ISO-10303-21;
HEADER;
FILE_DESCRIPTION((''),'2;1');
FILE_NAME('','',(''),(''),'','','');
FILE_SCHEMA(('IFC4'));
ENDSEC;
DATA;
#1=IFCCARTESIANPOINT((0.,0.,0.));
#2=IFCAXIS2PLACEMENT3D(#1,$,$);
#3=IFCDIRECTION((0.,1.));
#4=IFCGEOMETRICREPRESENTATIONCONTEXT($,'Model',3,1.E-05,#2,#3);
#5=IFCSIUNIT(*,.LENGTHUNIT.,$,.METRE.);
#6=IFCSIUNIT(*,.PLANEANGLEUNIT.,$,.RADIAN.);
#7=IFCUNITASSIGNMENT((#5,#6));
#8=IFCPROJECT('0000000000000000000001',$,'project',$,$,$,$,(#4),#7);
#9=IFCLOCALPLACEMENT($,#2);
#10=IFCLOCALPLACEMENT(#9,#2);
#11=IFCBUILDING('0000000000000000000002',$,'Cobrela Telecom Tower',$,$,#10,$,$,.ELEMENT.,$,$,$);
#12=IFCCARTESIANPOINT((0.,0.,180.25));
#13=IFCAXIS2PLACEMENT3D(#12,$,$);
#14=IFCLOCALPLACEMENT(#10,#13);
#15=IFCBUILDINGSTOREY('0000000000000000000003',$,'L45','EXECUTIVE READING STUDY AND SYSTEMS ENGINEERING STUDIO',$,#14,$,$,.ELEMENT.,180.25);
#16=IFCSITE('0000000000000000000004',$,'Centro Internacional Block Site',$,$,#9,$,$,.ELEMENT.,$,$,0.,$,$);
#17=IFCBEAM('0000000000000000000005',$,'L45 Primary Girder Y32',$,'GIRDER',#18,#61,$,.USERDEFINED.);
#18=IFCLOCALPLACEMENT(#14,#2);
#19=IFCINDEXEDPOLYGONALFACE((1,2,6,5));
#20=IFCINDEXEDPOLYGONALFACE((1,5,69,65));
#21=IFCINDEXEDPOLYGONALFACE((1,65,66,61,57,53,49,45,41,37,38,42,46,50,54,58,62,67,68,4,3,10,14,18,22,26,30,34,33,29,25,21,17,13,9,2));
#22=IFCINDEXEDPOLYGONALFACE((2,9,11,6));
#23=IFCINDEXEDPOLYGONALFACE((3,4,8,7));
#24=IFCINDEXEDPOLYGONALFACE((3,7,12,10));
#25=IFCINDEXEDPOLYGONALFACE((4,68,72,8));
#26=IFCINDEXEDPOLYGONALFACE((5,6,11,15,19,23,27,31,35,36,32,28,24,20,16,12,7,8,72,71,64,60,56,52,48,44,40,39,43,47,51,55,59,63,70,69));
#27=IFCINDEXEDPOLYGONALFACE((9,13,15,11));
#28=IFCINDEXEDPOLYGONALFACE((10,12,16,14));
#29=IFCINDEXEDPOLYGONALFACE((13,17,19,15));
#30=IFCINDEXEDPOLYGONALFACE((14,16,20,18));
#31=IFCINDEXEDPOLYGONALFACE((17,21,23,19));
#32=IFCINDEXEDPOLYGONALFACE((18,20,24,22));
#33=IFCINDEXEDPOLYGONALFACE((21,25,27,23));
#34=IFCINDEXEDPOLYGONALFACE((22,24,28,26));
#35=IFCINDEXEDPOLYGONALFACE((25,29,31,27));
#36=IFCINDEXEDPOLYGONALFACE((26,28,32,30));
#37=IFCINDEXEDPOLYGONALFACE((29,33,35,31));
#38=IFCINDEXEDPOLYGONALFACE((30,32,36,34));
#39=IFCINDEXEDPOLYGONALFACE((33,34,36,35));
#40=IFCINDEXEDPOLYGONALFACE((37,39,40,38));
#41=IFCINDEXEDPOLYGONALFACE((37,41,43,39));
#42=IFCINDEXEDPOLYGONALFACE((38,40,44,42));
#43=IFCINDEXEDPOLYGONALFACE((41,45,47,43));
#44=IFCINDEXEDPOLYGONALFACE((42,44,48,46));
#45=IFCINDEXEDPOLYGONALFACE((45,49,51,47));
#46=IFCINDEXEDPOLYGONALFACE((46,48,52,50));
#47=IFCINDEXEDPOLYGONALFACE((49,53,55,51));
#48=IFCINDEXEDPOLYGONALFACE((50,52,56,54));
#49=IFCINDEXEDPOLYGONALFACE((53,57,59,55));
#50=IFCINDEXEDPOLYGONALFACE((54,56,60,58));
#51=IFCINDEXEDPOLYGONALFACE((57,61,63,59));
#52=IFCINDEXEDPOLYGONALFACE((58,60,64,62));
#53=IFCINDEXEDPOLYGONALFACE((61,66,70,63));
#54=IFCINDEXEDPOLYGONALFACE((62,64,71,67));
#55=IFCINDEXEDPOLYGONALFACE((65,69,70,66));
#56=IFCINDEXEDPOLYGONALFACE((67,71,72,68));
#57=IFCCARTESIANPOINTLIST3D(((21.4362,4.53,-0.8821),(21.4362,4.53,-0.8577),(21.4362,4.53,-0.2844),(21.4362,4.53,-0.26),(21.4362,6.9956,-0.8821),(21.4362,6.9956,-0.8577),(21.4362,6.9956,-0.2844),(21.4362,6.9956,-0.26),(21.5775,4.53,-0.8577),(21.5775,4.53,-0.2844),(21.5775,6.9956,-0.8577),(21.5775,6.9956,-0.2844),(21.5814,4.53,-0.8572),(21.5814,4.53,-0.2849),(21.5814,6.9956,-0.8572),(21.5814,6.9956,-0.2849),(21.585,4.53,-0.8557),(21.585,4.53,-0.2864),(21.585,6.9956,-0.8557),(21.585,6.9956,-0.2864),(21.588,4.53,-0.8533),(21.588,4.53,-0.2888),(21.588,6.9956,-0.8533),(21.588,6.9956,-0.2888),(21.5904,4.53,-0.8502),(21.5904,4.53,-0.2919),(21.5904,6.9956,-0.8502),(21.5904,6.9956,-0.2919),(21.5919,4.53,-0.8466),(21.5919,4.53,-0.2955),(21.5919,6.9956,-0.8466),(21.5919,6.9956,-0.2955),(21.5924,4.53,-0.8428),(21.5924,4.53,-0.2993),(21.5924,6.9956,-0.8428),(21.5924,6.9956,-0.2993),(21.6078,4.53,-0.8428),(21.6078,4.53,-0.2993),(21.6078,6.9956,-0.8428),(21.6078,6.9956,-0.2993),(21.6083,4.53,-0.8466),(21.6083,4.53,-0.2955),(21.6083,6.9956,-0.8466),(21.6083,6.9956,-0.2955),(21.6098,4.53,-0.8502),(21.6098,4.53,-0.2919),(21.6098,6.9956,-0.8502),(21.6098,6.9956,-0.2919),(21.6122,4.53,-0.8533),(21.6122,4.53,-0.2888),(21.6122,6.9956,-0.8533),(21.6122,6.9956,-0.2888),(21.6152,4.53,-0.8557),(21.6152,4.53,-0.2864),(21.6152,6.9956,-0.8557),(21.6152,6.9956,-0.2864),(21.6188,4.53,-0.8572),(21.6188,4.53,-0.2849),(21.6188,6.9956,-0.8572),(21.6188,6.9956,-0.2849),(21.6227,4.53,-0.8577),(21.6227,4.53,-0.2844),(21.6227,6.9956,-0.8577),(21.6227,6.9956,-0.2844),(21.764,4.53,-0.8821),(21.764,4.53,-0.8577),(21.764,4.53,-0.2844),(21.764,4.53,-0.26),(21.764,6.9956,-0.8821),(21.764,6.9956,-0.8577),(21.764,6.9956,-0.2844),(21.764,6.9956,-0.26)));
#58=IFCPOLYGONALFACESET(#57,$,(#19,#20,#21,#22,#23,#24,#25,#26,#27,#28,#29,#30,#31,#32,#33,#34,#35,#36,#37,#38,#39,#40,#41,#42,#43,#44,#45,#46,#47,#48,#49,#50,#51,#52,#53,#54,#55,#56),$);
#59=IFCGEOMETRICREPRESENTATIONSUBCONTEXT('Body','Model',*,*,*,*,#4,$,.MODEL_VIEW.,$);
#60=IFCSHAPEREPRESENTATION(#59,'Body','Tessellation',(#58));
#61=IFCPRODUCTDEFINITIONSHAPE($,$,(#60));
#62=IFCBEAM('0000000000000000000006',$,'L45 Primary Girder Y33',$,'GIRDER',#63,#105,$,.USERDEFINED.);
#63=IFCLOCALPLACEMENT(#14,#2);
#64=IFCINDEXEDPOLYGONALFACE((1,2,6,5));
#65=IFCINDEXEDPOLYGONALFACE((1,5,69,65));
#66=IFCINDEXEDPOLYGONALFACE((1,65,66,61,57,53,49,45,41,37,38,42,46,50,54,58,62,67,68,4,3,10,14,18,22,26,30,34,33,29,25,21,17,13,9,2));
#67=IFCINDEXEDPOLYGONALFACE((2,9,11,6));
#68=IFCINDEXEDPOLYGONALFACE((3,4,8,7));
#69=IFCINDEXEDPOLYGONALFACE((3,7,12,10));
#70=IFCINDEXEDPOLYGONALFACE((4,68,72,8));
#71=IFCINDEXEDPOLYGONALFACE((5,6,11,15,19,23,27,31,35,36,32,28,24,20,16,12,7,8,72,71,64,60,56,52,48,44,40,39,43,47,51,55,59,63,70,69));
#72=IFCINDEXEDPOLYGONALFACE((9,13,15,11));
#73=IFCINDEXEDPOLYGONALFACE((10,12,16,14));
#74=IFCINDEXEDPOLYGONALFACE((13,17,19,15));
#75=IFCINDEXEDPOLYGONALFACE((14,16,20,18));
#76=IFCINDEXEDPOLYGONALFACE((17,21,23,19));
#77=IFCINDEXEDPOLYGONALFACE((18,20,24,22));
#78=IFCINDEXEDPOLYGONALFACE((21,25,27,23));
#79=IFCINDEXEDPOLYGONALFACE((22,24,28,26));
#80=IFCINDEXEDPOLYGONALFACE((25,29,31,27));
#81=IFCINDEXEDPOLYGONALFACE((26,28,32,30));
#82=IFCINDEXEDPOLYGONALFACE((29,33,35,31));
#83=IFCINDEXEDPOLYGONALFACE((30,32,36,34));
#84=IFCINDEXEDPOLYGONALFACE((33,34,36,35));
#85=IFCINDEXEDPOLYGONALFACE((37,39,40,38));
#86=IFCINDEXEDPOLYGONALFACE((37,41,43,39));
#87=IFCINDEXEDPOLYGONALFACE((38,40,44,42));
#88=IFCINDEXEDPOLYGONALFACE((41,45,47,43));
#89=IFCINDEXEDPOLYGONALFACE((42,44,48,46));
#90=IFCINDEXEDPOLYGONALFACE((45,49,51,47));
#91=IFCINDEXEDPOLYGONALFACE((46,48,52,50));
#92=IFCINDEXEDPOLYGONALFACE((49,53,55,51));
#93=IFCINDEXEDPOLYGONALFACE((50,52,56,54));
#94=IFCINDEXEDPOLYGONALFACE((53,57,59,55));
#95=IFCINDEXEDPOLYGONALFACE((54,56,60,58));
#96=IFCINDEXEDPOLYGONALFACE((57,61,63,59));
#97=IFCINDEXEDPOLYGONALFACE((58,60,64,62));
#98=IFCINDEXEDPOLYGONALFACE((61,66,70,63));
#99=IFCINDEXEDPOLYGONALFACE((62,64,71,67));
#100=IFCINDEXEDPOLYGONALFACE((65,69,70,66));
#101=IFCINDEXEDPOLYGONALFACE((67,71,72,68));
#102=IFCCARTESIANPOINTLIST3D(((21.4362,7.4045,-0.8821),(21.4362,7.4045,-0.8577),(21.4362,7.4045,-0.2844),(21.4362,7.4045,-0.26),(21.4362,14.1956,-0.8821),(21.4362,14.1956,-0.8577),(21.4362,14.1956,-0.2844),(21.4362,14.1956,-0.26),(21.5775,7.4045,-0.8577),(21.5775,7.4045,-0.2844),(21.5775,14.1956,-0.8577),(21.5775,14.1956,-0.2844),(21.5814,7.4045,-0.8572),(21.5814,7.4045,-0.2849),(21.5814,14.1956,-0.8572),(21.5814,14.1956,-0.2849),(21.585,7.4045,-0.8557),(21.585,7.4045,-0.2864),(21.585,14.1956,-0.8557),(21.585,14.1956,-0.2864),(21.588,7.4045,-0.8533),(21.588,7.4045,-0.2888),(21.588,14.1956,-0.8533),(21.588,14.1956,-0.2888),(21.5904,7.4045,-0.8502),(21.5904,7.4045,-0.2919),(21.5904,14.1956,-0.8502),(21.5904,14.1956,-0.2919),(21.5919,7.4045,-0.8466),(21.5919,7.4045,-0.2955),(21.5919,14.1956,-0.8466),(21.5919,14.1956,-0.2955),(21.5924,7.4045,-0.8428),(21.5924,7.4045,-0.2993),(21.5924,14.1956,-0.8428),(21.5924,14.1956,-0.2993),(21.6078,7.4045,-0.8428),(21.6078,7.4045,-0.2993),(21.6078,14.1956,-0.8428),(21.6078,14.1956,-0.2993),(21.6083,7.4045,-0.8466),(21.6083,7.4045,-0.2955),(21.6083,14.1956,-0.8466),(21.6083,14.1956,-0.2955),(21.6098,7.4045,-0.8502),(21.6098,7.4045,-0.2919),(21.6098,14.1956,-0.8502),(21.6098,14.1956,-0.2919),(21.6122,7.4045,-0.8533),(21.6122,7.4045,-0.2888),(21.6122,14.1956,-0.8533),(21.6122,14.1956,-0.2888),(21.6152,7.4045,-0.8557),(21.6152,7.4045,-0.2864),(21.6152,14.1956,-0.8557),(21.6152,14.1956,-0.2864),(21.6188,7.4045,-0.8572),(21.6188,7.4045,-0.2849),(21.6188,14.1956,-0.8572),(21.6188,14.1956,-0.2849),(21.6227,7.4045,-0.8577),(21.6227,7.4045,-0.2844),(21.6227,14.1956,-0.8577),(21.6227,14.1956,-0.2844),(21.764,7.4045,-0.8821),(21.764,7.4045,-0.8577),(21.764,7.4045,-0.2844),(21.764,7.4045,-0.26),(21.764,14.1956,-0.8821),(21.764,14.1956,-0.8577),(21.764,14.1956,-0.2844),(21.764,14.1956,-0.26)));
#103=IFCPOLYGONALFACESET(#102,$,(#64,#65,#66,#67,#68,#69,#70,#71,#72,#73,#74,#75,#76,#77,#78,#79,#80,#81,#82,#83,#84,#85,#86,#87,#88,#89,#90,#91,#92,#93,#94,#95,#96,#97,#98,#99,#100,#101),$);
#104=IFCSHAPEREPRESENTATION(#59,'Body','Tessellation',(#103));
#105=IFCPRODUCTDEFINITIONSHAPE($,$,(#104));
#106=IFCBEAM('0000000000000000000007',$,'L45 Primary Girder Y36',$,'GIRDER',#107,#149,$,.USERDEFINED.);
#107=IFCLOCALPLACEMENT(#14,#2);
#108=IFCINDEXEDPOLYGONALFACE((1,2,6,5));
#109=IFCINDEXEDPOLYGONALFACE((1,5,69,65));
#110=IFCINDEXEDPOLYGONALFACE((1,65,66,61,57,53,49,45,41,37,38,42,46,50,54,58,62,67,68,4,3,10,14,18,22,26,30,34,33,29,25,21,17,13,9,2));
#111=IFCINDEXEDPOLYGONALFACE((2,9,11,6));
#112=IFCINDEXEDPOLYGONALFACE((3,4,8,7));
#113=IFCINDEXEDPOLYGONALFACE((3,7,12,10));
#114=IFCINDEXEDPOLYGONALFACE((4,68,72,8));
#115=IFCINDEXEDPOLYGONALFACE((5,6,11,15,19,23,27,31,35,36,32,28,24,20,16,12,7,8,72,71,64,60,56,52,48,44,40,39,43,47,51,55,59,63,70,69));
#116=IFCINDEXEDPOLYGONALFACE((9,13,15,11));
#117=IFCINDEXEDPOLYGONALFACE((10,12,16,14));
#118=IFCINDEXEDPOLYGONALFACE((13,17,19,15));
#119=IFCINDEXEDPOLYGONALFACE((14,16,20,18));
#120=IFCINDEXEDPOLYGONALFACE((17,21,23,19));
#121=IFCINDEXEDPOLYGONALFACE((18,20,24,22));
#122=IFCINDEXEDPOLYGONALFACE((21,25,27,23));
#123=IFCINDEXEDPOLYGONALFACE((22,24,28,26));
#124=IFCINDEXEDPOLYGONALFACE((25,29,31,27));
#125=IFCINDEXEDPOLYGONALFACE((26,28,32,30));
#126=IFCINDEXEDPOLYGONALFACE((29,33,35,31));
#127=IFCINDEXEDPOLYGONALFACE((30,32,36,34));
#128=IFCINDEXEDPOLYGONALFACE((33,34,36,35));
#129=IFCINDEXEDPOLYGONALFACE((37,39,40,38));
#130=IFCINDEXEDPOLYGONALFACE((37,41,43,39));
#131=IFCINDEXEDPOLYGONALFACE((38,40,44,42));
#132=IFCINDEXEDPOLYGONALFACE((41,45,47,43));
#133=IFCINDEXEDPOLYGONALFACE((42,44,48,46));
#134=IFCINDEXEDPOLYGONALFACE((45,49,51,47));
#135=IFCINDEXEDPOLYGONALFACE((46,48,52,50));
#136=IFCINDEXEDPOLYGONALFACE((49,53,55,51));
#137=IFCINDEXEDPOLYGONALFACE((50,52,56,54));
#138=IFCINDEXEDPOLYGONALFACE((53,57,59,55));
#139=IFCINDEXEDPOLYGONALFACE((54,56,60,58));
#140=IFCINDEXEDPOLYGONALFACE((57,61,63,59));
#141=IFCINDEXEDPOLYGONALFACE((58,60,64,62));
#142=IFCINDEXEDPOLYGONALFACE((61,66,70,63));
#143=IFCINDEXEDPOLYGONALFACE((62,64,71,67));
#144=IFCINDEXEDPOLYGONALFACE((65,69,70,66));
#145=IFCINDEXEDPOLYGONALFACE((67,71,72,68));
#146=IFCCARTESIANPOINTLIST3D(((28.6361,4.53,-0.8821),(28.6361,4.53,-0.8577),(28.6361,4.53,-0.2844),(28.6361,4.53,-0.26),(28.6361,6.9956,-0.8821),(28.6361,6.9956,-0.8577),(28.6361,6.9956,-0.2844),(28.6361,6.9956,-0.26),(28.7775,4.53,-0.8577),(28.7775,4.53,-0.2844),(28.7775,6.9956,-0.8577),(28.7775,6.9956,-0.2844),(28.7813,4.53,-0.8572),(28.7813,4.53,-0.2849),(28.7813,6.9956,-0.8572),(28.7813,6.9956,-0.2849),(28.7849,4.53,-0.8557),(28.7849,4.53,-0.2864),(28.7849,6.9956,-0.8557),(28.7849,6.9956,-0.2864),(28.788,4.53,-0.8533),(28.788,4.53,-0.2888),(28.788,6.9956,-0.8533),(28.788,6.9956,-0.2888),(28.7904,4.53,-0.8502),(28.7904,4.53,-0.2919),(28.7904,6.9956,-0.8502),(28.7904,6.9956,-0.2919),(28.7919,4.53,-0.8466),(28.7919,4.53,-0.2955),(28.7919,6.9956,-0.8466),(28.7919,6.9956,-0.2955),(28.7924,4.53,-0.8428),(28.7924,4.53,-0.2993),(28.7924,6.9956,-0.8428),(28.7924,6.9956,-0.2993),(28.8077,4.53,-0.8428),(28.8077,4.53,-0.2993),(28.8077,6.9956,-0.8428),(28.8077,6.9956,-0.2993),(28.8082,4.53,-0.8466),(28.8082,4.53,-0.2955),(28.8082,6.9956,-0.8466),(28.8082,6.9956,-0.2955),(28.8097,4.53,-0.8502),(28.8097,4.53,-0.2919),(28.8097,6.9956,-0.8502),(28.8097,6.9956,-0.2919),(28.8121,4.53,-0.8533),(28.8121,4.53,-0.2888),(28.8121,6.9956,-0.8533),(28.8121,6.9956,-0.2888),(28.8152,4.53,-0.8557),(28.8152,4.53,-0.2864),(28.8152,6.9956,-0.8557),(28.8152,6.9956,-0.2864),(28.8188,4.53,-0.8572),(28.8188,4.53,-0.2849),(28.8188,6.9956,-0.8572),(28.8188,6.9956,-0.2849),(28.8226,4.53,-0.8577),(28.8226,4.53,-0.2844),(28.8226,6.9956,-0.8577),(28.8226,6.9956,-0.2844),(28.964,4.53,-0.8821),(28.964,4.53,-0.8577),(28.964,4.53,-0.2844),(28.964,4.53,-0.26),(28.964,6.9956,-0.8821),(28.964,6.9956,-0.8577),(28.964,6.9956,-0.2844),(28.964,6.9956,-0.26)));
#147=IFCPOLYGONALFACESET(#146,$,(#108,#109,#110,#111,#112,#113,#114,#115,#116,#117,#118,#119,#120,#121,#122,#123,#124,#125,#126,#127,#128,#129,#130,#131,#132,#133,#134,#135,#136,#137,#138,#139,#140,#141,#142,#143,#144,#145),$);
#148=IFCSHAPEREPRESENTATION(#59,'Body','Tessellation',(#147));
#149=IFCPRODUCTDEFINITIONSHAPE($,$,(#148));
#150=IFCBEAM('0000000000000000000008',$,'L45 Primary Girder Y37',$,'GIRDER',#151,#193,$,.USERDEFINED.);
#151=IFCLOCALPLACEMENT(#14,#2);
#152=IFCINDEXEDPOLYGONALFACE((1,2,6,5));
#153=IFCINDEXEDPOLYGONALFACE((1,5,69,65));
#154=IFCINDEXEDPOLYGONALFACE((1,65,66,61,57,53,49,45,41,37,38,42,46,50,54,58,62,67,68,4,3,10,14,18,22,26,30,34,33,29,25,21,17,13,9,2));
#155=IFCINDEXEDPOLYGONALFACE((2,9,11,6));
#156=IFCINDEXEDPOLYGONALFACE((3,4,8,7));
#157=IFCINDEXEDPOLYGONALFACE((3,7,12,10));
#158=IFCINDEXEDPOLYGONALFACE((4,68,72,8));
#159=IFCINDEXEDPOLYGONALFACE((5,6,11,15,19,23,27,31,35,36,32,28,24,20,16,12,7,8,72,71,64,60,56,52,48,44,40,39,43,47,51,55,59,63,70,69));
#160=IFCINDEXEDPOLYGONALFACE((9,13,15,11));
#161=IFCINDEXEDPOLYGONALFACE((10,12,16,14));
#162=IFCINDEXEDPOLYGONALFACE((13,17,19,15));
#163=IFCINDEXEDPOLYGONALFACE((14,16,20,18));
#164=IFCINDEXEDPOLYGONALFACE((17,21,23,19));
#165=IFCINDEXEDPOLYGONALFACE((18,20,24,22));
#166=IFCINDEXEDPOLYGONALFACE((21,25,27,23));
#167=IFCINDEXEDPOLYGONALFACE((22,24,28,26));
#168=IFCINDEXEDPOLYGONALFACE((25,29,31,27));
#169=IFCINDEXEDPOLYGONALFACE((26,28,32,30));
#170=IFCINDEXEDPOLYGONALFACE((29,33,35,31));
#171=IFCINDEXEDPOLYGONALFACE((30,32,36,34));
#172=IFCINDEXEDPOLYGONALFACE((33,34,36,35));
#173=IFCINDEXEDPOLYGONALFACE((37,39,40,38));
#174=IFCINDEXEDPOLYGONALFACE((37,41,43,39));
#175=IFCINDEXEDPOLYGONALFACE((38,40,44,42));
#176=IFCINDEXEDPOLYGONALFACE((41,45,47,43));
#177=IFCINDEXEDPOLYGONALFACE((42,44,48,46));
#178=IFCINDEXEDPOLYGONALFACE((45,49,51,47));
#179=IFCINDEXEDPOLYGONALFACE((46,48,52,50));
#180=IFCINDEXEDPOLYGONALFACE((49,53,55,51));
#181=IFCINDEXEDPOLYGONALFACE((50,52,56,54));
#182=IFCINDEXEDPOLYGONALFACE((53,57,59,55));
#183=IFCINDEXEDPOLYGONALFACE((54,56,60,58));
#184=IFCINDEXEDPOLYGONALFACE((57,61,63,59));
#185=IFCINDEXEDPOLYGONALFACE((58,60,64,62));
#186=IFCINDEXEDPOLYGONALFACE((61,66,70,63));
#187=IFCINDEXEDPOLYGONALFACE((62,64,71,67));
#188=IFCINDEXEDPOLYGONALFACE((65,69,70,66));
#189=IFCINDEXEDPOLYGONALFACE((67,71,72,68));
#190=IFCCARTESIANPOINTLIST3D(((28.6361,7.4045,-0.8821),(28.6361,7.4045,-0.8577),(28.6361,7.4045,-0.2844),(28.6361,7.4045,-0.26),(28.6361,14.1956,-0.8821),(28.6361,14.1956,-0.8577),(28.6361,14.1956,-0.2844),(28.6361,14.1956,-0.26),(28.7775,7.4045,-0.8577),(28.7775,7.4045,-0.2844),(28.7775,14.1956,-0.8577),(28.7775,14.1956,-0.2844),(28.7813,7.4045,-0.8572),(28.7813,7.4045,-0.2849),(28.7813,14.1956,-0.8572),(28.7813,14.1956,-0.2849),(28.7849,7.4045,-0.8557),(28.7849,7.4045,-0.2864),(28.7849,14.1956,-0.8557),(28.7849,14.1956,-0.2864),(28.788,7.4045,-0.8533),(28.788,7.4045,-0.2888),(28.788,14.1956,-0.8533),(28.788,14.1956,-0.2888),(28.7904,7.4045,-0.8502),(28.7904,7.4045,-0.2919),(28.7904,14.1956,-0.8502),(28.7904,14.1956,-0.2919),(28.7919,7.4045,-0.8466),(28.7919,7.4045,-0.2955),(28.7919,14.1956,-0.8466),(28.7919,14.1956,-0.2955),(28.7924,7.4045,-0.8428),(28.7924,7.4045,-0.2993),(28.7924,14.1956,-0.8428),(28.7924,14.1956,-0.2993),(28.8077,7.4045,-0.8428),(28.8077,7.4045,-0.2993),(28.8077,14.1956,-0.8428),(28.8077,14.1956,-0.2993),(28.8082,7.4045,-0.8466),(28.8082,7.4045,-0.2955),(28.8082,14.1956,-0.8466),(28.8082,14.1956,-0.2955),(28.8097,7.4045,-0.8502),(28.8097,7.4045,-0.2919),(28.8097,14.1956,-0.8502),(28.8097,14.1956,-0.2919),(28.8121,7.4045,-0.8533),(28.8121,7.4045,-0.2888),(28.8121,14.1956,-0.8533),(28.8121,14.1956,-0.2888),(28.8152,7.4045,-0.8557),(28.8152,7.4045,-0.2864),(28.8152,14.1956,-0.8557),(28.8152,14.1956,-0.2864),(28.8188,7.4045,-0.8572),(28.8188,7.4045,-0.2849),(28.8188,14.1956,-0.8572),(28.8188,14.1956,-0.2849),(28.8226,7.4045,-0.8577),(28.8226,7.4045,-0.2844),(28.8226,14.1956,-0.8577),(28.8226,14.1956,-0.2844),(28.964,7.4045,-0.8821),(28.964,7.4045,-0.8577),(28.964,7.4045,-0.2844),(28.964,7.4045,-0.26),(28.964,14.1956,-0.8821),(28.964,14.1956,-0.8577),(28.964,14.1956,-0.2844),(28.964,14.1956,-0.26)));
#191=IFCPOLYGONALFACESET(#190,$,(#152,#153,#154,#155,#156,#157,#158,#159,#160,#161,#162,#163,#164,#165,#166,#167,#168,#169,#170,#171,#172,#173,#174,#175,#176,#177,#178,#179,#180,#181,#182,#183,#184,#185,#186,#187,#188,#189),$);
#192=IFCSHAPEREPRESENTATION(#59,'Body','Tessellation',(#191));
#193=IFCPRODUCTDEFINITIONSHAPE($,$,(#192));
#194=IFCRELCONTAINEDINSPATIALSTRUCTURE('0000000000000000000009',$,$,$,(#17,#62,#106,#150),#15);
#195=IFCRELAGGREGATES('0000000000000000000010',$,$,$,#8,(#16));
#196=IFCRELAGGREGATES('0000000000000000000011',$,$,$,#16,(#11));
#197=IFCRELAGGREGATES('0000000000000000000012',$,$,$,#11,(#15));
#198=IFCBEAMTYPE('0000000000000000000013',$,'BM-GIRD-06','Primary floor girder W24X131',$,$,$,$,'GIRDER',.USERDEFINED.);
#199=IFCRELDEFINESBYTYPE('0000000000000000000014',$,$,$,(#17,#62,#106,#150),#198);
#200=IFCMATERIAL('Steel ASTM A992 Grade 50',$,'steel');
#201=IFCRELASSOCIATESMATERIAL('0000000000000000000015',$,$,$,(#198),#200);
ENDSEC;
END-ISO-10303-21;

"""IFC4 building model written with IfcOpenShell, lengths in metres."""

from ifc_helpers import new_model, si_unit, direction, frame, origin, origin_2d, place, context, subcontext, project, spatial, i_section, extrude, material, material_profile, profile_set, type_object, element, save


model = new_model("IFC4")

# Units and contexts
model_context = context("Model", 3, precision=1e-05, world=origin(), true_north=direction((0.0, 1.0)))
body_context = subcontext(model_context, "Body", "Model", "MODEL_VIEW")
ifc_project = project(units=[si_unit("LENGTHUNIT", "METRE"), si_unit("PLANEANGLEUNIT", "RADIAN")], contexts=[model_context])

# Site, building, storey
site_placement = place(None, origin())
site = spatial("IfcSite", under=ifc_project, at=site_placement, Name="Centro Internacional Block Site", CompositionType="ELEMENT", RefElevation=0.0)
building_placement = place(site_placement, origin())
building = spatial("IfcBuilding", under=site, at=building_placement, Name="Cobrela Telecom Tower", CompositionType="ELEMENT")
storey_placement = place(building_placement, frame((0.0, 0.0, 180.25)))
storey = spatial("IfcBuildingStorey", under=building, at=storey_placement, Name="L45", Description="EXECUTIVE READING STUDY AND SYSTEMS ENGINEERING STUDIO", CompositionType="ELEMENT", Elevation=180.25)

# Shared definitions
ifc_material_1 = material(Name="Steel ASTM A992 Grade 50", Category="steel")

# Beams
ifc_material_profile_1 = material_profile(ifc_material_1, i_section(OverallWidth=0.3279, OverallDepth=0.6221, WebThickness=0.0154, FlangeThickness=0.0244, FilletRadius=0.0149, at=origin_2d()), Name="W24X131")
ifc_profile_set_1 = profile_set([ifc_material_profile_1], Name="Steel ASTM A992 Grade 50")
beam_type_1 = type_object("IfcBeamType", Name="BM-GIRD-06", Description="Primary floor girder W24X131", ElementType="GIRDER", PredefinedType="USERDEFINED", material=ifc_profile_set_1)
beam_1_placement = place(storey_placement, frame((21.6001, 4.53, -0.571), z_axis=(0.0, 1.0, 0.0), x_axis=(-1.0, 0.0, 0.0)))
element("IfcBeam", 1, at=beam_1_placement, inside=storey, type_object=beam_type_1, Name="L45 Primary Girder Y32", ObjectType="GIRDER", PredefinedType="USERDEFINED", context=body_context, shape_type="SweptSolid", body=[
    extrude(i_section(OverallWidth=0.3279, OverallDepth=0.6221, WebThickness=0.0154, FlangeThickness=0.0244, FilletRadius=0.0149, at=origin_2d()), origin(), (0.0, 0.0, 1.0), 2.4656),
])
beam_2_placement = place(storey_placement, frame((21.6001, 7.4045, -0.571), z_axis=(0.0, 1.0, 0.0), x_axis=(-1.0, 0.0, 0.0)))
element("IfcBeam", 2, at=beam_2_placement, inside=storey, type_object=beam_type_1, Name="L45 Primary Girder Y33", ObjectType="GIRDER", PredefinedType="USERDEFINED", context=body_context, shape_type="SweptSolid", body=[
    extrude(i_section(OverallWidth=0.3279, OverallDepth=0.6221, WebThickness=0.0154, FlangeThickness=0.0244, FilletRadius=0.0149, at=origin_2d()), origin(), (0.0, 0.0, 1.0), 6.791),
])
beam_3_placement = place(storey_placement, frame((28.8, 4.53, -0.571), z_axis=(0.0, 1.0, 0.0), x_axis=(-1.0, 0.0, 0.0)))
element("IfcBeam", 3, at=beam_3_placement, inside=storey, type_object=beam_type_1, Name="L45 Primary Girder Y36", ObjectType="GIRDER", PredefinedType="USERDEFINED", context=body_context, shape_type="SweptSolid", body=[
    extrude(i_section(OverallWidth=0.3279, OverallDepth=0.6221, WebThickness=0.0154, FlangeThickness=0.0244, FilletRadius=0.0149, at=origin_2d()), origin(), (0.0, 0.0, 1.0), 2.4656),
])
beam_4_placement = place(storey_placement, frame((28.8, 7.4045, -0.571), z_axis=(0.0, 1.0, 0.0), x_axis=(-1.0, 0.0, 0.0)))
element("IfcBeam", 4, at=beam_4_placement, inside=storey, type_object=beam_type_1, Name="L45 Primary Girder Y37", ObjectType="GIRDER", PredefinedType="USERDEFINED", context=body_context, shape_type="SweptSolid", body=[
    extrude(i_section(OverallWidth=0.3279, OverallDepth=0.6221, WebThickness=0.0154, FlangeThickness=0.0244, FilletRadius=0.0149, at=origin_2d()), origin(), (0.0, 0.0, 1.0), 6.791),
])

save(model, "model.ifc")
